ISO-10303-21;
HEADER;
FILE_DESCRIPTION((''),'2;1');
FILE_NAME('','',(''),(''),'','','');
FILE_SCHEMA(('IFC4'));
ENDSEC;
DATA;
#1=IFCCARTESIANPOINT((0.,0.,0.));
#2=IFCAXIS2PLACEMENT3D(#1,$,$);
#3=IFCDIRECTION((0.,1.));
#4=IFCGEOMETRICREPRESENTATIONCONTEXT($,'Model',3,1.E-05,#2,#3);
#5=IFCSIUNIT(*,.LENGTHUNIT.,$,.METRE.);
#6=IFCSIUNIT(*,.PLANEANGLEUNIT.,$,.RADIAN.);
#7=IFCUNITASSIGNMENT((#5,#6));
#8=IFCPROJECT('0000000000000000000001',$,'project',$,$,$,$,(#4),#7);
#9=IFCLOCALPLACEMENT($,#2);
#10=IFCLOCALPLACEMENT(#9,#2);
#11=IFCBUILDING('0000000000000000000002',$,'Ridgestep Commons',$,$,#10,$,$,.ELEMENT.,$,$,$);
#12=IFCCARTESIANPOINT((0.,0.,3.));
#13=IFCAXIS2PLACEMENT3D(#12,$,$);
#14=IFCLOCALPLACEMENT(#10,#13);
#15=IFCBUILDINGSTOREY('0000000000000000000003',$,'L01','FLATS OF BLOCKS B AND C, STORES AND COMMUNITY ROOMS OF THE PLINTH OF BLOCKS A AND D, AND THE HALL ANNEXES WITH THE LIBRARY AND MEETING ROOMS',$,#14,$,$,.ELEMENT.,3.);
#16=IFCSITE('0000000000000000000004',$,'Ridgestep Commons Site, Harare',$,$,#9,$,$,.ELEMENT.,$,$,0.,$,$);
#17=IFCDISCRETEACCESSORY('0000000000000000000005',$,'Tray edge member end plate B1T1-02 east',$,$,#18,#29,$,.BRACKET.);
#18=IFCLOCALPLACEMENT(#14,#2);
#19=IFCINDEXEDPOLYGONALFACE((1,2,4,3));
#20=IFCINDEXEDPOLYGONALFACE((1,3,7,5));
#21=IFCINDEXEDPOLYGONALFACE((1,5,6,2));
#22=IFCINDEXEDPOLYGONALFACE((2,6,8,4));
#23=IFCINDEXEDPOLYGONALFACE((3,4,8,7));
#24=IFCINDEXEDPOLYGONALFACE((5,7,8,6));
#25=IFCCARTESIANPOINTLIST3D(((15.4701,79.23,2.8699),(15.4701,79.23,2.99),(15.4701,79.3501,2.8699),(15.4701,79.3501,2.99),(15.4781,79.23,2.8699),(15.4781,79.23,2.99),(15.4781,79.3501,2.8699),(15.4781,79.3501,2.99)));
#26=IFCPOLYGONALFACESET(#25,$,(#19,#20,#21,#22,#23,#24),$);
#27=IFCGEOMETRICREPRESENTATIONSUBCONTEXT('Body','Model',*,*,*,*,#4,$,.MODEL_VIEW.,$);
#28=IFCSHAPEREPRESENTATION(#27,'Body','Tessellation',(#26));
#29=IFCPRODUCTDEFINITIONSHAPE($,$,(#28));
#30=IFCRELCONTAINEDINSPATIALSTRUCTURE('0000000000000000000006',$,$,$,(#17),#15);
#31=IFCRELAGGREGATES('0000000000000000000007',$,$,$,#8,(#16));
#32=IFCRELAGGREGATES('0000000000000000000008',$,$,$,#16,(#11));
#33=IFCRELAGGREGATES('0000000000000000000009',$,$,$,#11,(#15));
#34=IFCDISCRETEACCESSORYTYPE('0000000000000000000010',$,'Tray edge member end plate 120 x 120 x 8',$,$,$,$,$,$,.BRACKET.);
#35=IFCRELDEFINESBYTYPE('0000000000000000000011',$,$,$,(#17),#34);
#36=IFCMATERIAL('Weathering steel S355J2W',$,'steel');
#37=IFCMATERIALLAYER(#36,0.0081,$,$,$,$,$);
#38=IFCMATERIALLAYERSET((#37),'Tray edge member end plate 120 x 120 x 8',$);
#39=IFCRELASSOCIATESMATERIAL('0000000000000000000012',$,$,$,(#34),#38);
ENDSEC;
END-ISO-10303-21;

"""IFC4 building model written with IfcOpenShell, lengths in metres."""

from ifc_helpers import new_model, si_unit, direction, frame, origin, origin_2d, place, context, subcontext, project, spatial, rectangle, extrude, material, layer, layer_set, type_object, element, save


model = new_model("IFC4")

# Units and contexts
model_context = context("Model", 3, precision=1e-05, world=origin(), true_north=direction((0.0, 1.0)))
body_context = subcontext(model_context, "Body", "Model", "MODEL_VIEW")
ifc_project = project(units=[si_unit("LENGTHUNIT", "METRE"), si_unit("PLANEANGLEUNIT", "RADIAN")], contexts=[model_context])

# Site, building, storey
site_placement = place(None, origin())
site = spatial("IfcSite", under=ifc_project, at=site_placement, Name="Ridgestep Commons Site, Harare", CompositionType="ELEMENT", RefElevation=0.0)
building_placement = place(site_placement, origin())
building = spatial("IfcBuilding", under=site, at=building_placement, Name="Ridgestep Commons", CompositionType="ELEMENT")
storey_placement = place(building_placement, frame((0.0, 0.0, 3.0)))
storey = spatial("IfcBuildingStorey", under=building, at=storey_placement, Name="L01", Description="FLATS OF BLOCKS B AND C, STORES AND COMMUNITY ROOMS OF THE PLINTH OF BLOCKS A AND D, AND THE HALL ANNEXES WITH THE LIBRARY AND MEETING ROOMS", CompositionType="ELEMENT", Elevation=3.0)

# Discrete accessory
ifc_material_1 = material(Name="Weathering steel S355J2W", Category="steel")
ifc_layer_1 = layer(ifc_material_1, 0.0081)
ifc_layer_set_1 = layer_set([ifc_layer_1], Name="Tray edge member end plate 120 x 120 x 8")
discrete_accessory_type_1 = type_object("IfcDiscreteAccessoryType", Name="Tray edge member end plate 120 x 120 x 8", PredefinedType="BRACKET", material=ifc_layer_set_1)
for number, where, z_axis, x_axis, name in (
    (1, (15.4741, 79.29, 2.8699), (0.0, 0.0, 1.0), (1.0, 0.0, 0.0), "Tray edge member end plate B1T1-02 east"),
):
    element("IfcDiscreteAccessory", number, at=place(storey_placement, frame(where, z_axis=z_axis, x_axis=x_axis)), inside=storey, type_object=discrete_accessory_type_1, Name=name, PredefinedType="BRACKET", context=body_context, shape_type="SweptSolid", body=[
        extrude(rectangle(XDim=0.0081, YDim=0.1201, at=origin_2d()), origin(), (0.0, 0.0, 1.0), 0.1201),
    ])

save(model, "model.ifc")
